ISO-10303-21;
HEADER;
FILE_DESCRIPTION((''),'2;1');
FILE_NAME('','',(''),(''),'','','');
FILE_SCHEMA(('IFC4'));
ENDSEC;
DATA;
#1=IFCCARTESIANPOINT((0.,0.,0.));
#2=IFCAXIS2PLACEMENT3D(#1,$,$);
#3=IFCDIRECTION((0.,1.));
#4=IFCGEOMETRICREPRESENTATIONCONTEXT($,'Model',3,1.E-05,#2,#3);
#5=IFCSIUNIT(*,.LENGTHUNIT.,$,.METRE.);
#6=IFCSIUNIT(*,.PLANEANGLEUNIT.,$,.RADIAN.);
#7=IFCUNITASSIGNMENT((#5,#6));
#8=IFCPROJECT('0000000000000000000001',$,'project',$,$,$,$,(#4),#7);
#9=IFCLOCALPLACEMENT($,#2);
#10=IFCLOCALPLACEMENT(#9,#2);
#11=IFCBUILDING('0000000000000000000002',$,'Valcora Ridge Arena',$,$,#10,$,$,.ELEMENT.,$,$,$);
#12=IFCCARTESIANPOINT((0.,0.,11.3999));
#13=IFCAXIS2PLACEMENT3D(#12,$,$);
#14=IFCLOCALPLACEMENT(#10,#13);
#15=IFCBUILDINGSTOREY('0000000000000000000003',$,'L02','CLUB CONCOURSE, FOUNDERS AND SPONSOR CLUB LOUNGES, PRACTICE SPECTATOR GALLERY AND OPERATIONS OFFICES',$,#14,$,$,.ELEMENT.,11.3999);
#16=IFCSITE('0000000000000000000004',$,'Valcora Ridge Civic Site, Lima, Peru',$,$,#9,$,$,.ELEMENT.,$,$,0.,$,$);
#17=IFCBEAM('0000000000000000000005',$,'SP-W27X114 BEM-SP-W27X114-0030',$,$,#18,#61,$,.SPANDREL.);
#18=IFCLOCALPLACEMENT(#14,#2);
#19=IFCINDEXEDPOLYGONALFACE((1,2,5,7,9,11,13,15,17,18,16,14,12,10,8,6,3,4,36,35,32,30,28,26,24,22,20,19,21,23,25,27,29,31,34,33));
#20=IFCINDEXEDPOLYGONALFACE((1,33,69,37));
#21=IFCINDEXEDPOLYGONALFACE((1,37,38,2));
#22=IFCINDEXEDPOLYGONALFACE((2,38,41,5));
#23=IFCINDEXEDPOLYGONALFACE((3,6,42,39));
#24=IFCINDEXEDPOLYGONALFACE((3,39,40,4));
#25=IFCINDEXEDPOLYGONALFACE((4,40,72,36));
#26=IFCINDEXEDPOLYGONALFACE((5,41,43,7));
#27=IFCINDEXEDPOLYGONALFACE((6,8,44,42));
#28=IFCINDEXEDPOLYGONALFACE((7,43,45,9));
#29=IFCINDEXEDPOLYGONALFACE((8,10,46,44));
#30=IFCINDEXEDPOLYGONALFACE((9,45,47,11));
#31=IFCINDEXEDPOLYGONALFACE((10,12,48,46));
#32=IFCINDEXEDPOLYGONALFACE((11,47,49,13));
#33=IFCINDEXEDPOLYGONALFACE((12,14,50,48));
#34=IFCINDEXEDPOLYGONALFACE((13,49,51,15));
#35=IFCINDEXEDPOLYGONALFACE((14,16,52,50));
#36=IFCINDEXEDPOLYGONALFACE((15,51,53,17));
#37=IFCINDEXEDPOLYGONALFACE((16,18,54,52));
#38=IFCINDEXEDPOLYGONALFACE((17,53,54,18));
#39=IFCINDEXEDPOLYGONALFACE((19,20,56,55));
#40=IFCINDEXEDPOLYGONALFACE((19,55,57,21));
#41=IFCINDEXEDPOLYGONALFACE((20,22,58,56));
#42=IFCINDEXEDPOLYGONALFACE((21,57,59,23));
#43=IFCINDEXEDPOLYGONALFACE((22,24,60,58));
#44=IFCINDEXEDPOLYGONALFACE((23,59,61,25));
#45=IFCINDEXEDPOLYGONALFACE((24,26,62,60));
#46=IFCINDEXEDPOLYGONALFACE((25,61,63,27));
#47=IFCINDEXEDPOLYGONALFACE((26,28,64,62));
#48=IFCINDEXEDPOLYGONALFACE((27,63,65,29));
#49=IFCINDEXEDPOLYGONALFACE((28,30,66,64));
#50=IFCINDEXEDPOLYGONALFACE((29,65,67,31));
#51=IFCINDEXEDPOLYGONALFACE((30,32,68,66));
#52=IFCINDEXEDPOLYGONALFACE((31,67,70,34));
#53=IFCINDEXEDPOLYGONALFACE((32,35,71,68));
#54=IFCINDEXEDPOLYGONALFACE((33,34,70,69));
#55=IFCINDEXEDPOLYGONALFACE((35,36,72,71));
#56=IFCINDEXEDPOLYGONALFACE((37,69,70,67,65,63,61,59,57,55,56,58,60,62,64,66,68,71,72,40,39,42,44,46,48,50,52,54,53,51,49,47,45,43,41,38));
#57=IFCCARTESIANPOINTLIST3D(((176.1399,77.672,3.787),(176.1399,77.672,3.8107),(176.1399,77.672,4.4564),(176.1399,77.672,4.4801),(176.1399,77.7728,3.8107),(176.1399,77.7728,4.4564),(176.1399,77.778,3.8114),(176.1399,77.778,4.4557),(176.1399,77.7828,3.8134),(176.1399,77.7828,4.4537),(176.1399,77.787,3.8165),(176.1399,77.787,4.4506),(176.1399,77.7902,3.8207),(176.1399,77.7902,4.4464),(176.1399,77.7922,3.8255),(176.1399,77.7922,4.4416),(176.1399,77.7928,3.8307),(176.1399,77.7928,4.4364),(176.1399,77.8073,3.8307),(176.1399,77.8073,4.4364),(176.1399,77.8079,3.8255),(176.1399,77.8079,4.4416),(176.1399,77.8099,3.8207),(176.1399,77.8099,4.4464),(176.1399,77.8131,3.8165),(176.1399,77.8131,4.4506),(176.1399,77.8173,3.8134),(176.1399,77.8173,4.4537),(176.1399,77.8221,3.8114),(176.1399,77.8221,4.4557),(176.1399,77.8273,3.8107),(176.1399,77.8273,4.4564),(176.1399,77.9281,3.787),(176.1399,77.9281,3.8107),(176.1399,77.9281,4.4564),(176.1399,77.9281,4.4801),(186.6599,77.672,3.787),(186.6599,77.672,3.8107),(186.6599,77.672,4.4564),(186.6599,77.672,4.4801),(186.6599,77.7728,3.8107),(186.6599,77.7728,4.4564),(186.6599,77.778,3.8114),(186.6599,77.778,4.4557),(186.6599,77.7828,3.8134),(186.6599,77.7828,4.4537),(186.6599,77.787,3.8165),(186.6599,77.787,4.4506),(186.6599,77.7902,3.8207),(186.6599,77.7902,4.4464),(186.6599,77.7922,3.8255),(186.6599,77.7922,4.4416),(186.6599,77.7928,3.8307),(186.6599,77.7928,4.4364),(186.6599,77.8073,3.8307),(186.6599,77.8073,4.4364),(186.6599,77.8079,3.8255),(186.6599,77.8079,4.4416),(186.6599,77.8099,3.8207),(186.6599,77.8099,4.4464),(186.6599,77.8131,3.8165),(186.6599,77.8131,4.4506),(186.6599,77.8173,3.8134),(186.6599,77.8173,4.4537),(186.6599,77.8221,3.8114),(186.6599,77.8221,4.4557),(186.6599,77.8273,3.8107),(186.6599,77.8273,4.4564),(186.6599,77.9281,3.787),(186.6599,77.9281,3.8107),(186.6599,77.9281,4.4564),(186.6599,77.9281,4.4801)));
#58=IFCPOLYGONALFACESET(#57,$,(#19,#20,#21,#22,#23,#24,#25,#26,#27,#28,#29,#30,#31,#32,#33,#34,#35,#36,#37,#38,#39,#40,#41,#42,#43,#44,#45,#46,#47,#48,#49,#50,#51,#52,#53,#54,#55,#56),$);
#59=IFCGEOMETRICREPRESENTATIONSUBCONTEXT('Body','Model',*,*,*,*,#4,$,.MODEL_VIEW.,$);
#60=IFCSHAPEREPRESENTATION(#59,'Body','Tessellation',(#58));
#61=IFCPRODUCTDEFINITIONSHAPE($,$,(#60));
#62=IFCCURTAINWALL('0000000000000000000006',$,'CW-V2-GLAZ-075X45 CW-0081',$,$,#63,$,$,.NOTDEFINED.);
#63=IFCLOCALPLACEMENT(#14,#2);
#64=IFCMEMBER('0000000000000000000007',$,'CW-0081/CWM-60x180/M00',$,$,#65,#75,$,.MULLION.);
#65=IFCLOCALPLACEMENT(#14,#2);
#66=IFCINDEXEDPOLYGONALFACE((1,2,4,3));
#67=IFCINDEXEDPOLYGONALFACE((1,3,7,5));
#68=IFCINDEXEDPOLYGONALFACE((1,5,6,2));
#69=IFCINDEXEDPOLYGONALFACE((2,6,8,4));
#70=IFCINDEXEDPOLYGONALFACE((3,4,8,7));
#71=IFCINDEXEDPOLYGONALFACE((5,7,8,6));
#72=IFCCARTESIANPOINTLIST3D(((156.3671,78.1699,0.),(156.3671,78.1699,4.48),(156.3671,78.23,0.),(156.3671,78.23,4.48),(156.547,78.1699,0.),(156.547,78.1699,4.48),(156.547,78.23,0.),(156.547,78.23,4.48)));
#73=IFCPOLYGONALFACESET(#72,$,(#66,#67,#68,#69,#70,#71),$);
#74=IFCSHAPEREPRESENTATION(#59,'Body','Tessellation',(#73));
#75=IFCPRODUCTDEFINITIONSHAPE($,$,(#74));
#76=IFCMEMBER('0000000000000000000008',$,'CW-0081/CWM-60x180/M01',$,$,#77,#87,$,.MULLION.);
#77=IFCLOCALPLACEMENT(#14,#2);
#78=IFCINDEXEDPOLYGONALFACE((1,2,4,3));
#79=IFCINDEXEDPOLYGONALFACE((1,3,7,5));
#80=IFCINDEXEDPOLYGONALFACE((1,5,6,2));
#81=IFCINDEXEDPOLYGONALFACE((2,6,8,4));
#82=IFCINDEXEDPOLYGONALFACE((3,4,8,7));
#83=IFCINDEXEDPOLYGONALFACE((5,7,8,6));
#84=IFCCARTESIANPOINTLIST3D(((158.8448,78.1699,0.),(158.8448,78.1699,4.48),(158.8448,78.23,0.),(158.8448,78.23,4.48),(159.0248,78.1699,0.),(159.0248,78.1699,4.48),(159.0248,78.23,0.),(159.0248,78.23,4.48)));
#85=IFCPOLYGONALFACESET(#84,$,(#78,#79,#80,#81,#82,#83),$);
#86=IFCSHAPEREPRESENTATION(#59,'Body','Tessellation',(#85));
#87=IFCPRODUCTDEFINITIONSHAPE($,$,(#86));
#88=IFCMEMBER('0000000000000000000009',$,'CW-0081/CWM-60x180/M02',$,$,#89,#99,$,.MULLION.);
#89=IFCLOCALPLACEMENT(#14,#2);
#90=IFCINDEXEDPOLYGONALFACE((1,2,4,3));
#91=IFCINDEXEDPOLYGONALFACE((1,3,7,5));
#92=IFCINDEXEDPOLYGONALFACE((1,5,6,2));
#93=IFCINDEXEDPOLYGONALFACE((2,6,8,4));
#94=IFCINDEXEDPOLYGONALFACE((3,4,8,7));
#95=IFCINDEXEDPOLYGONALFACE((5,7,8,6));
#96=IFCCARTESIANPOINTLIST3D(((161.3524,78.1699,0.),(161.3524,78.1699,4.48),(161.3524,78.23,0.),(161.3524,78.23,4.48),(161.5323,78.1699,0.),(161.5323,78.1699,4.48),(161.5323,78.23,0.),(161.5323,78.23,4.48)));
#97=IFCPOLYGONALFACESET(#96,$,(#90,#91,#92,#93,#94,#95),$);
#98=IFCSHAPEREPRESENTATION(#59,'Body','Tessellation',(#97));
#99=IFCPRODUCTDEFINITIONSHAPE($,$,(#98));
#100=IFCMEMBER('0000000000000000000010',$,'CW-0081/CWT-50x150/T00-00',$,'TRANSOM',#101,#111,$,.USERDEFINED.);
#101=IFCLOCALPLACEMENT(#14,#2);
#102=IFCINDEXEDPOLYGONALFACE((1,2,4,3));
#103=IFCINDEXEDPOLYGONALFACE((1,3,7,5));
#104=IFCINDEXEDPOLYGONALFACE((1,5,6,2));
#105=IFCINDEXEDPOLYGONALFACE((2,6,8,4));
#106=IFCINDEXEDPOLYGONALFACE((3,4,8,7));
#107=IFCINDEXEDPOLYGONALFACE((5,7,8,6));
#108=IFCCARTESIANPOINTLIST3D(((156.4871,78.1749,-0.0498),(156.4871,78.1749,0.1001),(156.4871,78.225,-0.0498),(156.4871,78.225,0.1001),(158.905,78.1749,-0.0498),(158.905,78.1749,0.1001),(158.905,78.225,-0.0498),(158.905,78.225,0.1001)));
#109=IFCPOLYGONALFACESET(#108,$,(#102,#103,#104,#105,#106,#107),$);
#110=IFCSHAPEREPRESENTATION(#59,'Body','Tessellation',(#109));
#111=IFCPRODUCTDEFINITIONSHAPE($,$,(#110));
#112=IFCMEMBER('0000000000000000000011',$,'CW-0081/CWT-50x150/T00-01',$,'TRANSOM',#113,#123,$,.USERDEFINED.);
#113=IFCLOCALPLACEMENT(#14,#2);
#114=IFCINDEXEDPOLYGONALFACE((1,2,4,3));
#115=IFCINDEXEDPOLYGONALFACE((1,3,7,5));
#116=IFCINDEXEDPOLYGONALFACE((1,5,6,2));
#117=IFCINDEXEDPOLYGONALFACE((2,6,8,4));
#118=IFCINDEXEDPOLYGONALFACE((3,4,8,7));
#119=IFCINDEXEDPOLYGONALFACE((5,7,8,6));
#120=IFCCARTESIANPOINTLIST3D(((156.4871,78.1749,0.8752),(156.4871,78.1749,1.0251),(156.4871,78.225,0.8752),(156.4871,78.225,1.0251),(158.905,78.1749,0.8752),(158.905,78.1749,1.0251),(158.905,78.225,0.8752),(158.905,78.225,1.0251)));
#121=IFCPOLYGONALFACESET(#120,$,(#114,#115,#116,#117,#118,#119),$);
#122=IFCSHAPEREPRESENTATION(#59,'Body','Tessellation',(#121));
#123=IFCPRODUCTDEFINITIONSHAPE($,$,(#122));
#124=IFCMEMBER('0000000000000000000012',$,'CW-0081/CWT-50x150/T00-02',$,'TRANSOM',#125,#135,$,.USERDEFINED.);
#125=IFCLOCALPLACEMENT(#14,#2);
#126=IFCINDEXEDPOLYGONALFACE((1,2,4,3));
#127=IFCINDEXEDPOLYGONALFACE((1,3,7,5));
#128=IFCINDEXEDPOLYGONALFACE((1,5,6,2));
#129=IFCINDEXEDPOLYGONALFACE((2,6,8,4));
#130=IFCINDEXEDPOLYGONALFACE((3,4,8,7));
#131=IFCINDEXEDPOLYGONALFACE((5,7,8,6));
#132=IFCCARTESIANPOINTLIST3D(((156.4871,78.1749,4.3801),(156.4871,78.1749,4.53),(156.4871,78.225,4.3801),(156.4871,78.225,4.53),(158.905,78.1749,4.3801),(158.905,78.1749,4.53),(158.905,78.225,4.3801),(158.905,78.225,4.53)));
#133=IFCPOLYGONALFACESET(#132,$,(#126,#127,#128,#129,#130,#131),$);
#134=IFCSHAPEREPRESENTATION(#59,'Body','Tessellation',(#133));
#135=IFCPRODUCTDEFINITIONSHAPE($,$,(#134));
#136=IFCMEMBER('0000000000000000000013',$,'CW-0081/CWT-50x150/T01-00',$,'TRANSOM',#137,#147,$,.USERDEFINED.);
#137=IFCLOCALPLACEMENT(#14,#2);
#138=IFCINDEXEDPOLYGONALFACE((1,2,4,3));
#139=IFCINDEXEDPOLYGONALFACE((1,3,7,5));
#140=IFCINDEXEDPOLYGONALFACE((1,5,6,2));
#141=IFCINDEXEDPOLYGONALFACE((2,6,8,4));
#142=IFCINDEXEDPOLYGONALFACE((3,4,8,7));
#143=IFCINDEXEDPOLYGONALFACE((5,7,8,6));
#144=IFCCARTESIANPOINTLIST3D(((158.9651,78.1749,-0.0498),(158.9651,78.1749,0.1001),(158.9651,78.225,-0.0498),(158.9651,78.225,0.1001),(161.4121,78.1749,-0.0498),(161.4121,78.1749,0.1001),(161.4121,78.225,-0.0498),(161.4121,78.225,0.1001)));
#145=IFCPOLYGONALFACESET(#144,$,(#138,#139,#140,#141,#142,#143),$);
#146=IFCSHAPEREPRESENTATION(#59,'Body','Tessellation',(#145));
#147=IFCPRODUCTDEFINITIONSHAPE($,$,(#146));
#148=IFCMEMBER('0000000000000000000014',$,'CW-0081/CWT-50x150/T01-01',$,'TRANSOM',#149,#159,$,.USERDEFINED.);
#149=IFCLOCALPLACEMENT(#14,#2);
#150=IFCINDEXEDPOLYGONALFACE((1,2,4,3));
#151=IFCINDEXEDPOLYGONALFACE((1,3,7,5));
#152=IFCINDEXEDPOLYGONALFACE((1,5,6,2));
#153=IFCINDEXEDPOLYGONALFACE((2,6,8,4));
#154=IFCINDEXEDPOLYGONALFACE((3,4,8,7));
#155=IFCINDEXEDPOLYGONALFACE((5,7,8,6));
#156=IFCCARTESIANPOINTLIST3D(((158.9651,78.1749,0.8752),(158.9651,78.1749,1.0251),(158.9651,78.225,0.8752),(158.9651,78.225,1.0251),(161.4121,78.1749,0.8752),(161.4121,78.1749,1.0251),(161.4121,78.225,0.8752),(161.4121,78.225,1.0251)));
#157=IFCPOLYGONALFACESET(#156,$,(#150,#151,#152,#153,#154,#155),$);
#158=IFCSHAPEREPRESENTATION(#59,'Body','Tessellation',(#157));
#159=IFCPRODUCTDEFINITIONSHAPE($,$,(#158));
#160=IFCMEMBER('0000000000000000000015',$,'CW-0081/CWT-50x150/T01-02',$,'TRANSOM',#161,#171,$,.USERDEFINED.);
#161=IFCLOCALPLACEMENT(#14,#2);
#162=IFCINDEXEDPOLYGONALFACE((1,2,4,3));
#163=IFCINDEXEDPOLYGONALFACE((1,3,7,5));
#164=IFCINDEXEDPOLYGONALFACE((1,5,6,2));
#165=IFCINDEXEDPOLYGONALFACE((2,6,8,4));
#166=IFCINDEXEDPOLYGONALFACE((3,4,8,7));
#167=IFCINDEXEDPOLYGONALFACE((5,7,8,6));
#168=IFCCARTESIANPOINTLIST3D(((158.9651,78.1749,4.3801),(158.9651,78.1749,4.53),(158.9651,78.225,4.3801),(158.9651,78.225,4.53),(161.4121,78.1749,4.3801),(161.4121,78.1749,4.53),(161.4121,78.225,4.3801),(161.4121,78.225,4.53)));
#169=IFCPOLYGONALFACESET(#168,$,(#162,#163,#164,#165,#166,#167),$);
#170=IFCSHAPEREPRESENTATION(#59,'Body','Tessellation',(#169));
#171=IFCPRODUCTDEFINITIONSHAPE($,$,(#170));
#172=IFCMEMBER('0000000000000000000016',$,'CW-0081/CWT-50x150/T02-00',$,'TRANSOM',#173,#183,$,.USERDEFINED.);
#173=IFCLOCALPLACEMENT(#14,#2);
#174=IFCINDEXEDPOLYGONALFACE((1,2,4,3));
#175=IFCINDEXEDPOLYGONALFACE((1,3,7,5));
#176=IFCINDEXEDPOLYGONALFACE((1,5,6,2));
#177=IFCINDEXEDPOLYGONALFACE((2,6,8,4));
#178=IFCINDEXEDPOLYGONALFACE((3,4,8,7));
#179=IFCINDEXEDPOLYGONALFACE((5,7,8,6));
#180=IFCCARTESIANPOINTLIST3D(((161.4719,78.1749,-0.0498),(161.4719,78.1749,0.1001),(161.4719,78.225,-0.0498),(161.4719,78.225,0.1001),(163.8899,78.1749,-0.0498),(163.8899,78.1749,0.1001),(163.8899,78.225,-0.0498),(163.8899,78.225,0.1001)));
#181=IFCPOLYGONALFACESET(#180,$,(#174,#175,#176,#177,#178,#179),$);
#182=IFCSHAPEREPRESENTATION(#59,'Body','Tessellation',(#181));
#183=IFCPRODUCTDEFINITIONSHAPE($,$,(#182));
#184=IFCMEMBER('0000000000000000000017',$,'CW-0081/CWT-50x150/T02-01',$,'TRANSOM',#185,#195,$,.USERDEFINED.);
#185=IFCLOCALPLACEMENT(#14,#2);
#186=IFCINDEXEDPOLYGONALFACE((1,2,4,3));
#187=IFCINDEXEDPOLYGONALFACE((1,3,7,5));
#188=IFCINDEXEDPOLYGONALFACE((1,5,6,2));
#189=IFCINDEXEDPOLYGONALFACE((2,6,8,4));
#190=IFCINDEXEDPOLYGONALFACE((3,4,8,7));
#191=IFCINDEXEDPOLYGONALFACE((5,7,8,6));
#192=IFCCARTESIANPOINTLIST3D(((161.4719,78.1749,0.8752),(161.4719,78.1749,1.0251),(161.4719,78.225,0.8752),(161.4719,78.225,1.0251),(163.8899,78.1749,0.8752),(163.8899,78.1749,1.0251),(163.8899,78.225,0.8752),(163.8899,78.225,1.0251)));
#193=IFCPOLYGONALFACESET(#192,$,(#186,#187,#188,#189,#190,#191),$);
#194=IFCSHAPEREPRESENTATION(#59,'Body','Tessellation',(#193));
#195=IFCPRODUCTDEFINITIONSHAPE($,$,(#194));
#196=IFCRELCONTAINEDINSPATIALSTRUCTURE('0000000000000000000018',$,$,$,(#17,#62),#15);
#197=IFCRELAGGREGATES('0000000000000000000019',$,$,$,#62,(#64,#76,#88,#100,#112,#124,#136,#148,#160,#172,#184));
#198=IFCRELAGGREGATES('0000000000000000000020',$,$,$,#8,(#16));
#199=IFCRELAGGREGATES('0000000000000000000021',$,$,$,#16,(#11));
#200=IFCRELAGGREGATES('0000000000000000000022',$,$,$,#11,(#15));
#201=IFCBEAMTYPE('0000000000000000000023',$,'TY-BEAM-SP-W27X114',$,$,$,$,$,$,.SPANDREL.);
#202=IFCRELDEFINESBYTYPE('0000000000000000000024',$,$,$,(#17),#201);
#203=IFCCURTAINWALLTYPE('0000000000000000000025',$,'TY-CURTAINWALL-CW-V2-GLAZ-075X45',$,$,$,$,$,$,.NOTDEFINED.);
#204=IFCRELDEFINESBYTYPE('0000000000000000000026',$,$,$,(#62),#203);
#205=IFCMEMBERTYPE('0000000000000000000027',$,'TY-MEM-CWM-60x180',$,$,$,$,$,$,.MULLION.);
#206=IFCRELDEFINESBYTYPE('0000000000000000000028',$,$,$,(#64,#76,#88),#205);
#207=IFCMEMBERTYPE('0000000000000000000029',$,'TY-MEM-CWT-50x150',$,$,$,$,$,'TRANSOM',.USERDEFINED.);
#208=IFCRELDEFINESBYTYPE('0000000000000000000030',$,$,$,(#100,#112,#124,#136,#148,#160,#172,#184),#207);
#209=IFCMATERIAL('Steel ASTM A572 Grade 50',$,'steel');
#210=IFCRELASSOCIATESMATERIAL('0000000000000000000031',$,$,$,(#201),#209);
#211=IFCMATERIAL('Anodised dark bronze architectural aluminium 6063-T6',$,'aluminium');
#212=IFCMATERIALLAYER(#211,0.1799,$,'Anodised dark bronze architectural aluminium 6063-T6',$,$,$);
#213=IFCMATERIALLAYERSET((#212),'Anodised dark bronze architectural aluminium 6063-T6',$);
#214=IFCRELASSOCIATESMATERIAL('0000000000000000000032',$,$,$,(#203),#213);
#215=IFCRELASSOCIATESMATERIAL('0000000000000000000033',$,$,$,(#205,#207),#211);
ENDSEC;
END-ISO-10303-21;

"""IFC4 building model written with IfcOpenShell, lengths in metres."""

from ifc_helpers import new_model, si_unit, direction, frame, origin, origin_2d, place, context, subcontext, project, spatial, rectangle, i_section, extrude, material, layer, layer_set, material_profile, profile_set, type_object, element, aggregate, save


model = new_model("IFC4")

# Units and contexts
model_context = context("Model", 3, precision=1e-05, world=origin(), true_north=direction((0.0, 1.0)))
body_context = subcontext(model_context, "Body", "Model", "MODEL_VIEW")
ifc_project = project(units=[si_unit("LENGTHUNIT", "METRE"), si_unit("PLANEANGLEUNIT", "RADIAN")], contexts=[model_context])

# Site, building, storey
site_placement = place(None, origin())
site = spatial("IfcSite", under=ifc_project, at=site_placement, Name="Valcora Ridge Civic Site, Lima, Peru", CompositionType="ELEMENT", RefElevation=0.0)
building_placement = place(site_placement, origin())
building = spatial("IfcBuilding", under=site, at=building_placement, Name="Valcora Ridge Arena", CompositionType="ELEMENT")
storey_placement = place(building_placement, frame((0.0, 0.0, 11.3999)))
storey = spatial("IfcBuildingStorey", under=building, at=storey_placement, Name="L02", Description="CLUB CONCOURSE, FOUNDERS AND SPONSOR CLUB LOUNGES, PRACTICE SPECTATOR GALLERY AND OPERATIONS OFFICES", CompositionType="ELEMENT", Elevation=11.3999)

# Shared definitions
ifc_material_1 = material(Name="Steel ASTM A572 Grade 50", Category="steel")

# Beam
ifc_material_profile_1 = material_profile(ifc_material_1, i_section(OverallWidth=0.2561, OverallDepth=0.6931, WebThickness=0.0144, FlangeThickness=0.0237, FilletRadius=0.02, at=origin_2d()), Name="W27X114")
ifc_profile_set_1 = profile_set([ifc_material_profile_1], Name="Steel ASTM A572 Grade 50")
beam_type_1 = type_object("IfcBeamType", Name="TY-BEAM-SP-W27X114", PredefinedType="SPANDREL", material=ifc_profile_set_1)
beam_1_placement = place(storey_placement, frame((176.1399, 77.8, 4.1335), z_axis=(1.0, 0.0, 0.0), x_axis=(0.0, 1.0, 0.0)))
element("IfcBeam", 1, at=beam_1_placement, inside=storey, type_object=beam_type_1, Name="SP-W27X114 BEM-SP-W27X114-0030", PredefinedType="SPANDREL", context=body_context, shape_type="SweptSolid", body=[
    extrude(i_section(OverallWidth=0.2561, OverallDepth=0.6931, WebThickness=0.0144, FlangeThickness=0.0237, FilletRadius=0.02, at=origin_2d()), origin(), (0.0, 0.0, 1.0), 10.52),
])

# Curtain wall, members
ifc_material_2 = material(Name="Anodised dark bronze architectural aluminium 6063-T6", Category="aluminium")
ifc_layer_1 = layer(ifc_material_2, 0.1799, Name="Anodised dark bronze architectural aluminium 6063-T6")
ifc_layer_set_1 = layer_set([ifc_layer_1], Name="Anodised dark bronze architectural aluminium 6063-T6")
curtain_wall_type = type_object("IfcCurtainWallType", Name="TY-CURTAINWALL-CW-V2-GLAZ-075X45", PredefinedType="NOTDEFINED", material=ifc_layer_set_1)
curtain_wall_placement = place(storey_placement, origin())
curtain_wall = element("IfcCurtainWall", 2, at=curtain_wall_placement, inside=storey, type_object=curtain_wall_type, Name="CW-V2-GLAZ-075X45 CW-0081", PredefinedType="NOTDEFINED")
ifc_material_profile_2 = material_profile(ifc_material_2, rectangle(XDim=0.0601, YDim=0.1799, at=origin_2d()), Name="ALU MULLION 60x180")
ifc_profile_set_2 = profile_set([ifc_material_profile_2], Name="Anodised dark bronze architectural aluminium 6063-T6")
member_type_1 = type_object("IfcMemberType", Name="TY-MEM-CWM-60x180", PredefinedType="MULLION", material=ifc_profile_set_2)
member_1_placement = place(storey_placement, frame((156.457, 78.2, 0.0), z_axis=(0.0, 0.0, 1.0), x_axis=(0.0, 1.0, 0.0)))
member_1 = element("IfcMember", 3, at=member_1_placement, type_object=member_type_1, Name="CW-0081/CWM-60x180/M00", PredefinedType="MULLION", context=body_context, shape_type="SweptSolid", body=[
    extrude(rectangle(XDim=0.0601, YDim=0.1799, at=origin_2d()), origin(), (0.0, 0.0, 1.0), 4.48),
])
member_2_placement = place(storey_placement, frame((158.9348, 78.2, 0.0), z_axis=(0.0, 0.0, 1.0), x_axis=(0.0, 1.0, 0.0)))
member_2 = element("IfcMember", 4, at=member_2_placement, type_object=member_type_1, Name="CW-0081/CWM-60x180/M01", PredefinedType="MULLION", context=body_context, shape_type="SweptSolid", body=[
    extrude(rectangle(XDim=0.0601, YDim=0.1799, at=origin_2d()), origin(), (0.0, 0.0, 1.0), 4.48),
])
member_3_placement = place(storey_placement, frame((161.4424, 78.2, 0.0), z_axis=(0.0, 0.0, 1.0), x_axis=(0.0, 1.0, 0.0)))
member_3 = element("IfcMember", 5, at=member_3_placement, type_object=member_type_1, Name="CW-0081/CWM-60x180/M02", PredefinedType="MULLION", context=body_context, shape_type="SweptSolid", body=[
    extrude(rectangle(XDim=0.0601, YDim=0.1799, at=origin_2d()), origin(), (0.0, 0.0, 1.0), 4.48),
])
ifc_material_profile_3 = material_profile(ifc_material_2, rectangle(XDim=0.05, YDim=0.1499, at=origin_2d()), Name="ALU TRANSOM 50x150")
ifc_profile_set_3 = profile_set([ifc_material_profile_3], Name="Anodised dark bronze architectural aluminium 6063-T6")
member_type_2 = type_object("IfcMemberType", Name="TY-MEM-CWT-50x150", ElementType="TRANSOM", PredefinedType="USERDEFINED", material=ifc_profile_set_3)
member_4_placement = place(storey_placement, frame((156.4871, 78.2, 0.0251), z_axis=(1.0, 0.0, 0.0), x_axis=(0.0, 1.0, 0.0)))
member_4 = element("IfcMember", 6, at=member_4_placement, type_object=member_type_2, Name="CW-0081/CWT-50x150/T00-00", ObjectType="TRANSOM", PredefinedType="USERDEFINED", context=body_context, shape_type="SweptSolid", body=[
    extrude(rectangle(XDim=0.05, YDim=0.1499, at=origin_2d()), origin(), (0.0, 0.0, 1.0), 2.418),
])
member_5_placement = place(storey_placement, frame((156.4871, 78.2, 0.9502), z_axis=(1.0, 0.0, 0.0), x_axis=(0.0, 1.0, 0.0)))
member_5 = element("IfcMember", 7, at=member_5_placement, type_object=member_type_2, Name="CW-0081/CWT-50x150/T00-01", ObjectType="TRANSOM", PredefinedType="USERDEFINED", context=body_context, shape_type="SweptSolid", body=[
    extrude(rectangle(XDim=0.05, YDim=0.1499, at=origin_2d()), origin(), (0.0, 0.0, 1.0), 2.418),
])
member_6_placement = place(storey_placement, frame((156.4871, 78.2, 4.4551), z_axis=(1.0, 0.0, 0.0), x_axis=(0.0, 1.0, 0.0)))
member_6 = element("IfcMember", 8, at=member_6_placement, type_object=member_type_2, Name="CW-0081/CWT-50x150/T00-02", ObjectType="TRANSOM", PredefinedType="USERDEFINED", context=body_context, shape_type="SweptSolid", body=[
    extrude(rectangle(XDim=0.05, YDim=0.1499, at=origin_2d()), origin(), (0.0, 0.0, 1.0), 2.418),
])
member_7_placement = place(storey_placement, frame((158.9651, 78.2, 0.0251), z_axis=(1.0, 0.0, 0.0), x_axis=(0.0, 1.0, 0.0)))
member_7 = element("IfcMember", 9, at=member_7_placement, type_object=member_type_2, Name="CW-0081/CWT-50x150/T01-00", ObjectType="TRANSOM", PredefinedType="USERDEFINED", context=body_context, shape_type="SweptSolid", body=[
    extrude(rectangle(XDim=0.05, YDim=0.1499, at=origin_2d()), origin(), (0.0, 0.0, 1.0), 2.447),
])
member_8_placement = place(storey_placement, frame((158.9651, 78.2, 0.9502), z_axis=(1.0, 0.0, 0.0), x_axis=(0.0, 1.0, 0.0)))
member_8 = element("IfcMember", 10, at=member_8_placement, type_object=member_type_2, Name="CW-0081/CWT-50x150/T01-01", ObjectType="TRANSOM", PredefinedType="USERDEFINED", context=body_context, shape_type="SweptSolid", body=[
    extrude(rectangle(XDim=0.05, YDim=0.1499, at=origin_2d()), origin(), (0.0, 0.0, 1.0), 2.447),
])
member_9_placement = place(storey_placement, frame((158.9651, 78.2, 4.4551), z_axis=(1.0, 0.0, 0.0), x_axis=(0.0, 1.0, 0.0)))
member_9 = element("IfcMember", 11, at=member_9_placement, type_object=member_type_2, Name="CW-0081/CWT-50x150/T01-02", ObjectType="TRANSOM", PredefinedType="USERDEFINED", context=body_context, shape_type="SweptSolid", body=[
    extrude(rectangle(XDim=0.05, YDim=0.1499, at=origin_2d()), origin(), (0.0, 0.0, 1.0), 2.447),
])
member_10_placement = place(storey_placement, frame((161.4719, 78.2, 0.0251), z_axis=(1.0, 0.0, 0.0), x_axis=(0.0, 1.0, 0.0)))
member_10 = element("IfcMember", 12, at=member_10_placement, type_object=member_type_2, Name="CW-0081/CWT-50x150/T02-00", ObjectType="TRANSOM", PredefinedType="USERDEFINED", context=body_context, shape_type="SweptSolid", body=[
    extrude(rectangle(XDim=0.05, YDim=0.1499, at=origin_2d()), origin(), (0.0, 0.0, 1.0), 2.418),
])
member_11_placement = place(storey_placement, frame((161.4719, 78.2, 0.9502), z_axis=(1.0, 0.0, 0.0), x_axis=(0.0, 1.0, 0.0)))
member_11 = element("IfcMember", 13, at=member_11_placement, type_object=member_type_2, Name="CW-0081/CWT-50x150/T02-01", ObjectType="TRANSOM", PredefinedType="USERDEFINED", context=body_context, shape_type="SweptSolid", body=[
    extrude(rectangle(XDim=0.05, YDim=0.1499, at=origin_2d()), origin(), (0.0, 0.0, 1.0), 2.418),
])
aggregate(curtain_wall, [member_1, member_2, member_3, member_4, member_5, member_6, member_7, member_8, member_9, member_10, member_11])

save(model, "model.ifc")
